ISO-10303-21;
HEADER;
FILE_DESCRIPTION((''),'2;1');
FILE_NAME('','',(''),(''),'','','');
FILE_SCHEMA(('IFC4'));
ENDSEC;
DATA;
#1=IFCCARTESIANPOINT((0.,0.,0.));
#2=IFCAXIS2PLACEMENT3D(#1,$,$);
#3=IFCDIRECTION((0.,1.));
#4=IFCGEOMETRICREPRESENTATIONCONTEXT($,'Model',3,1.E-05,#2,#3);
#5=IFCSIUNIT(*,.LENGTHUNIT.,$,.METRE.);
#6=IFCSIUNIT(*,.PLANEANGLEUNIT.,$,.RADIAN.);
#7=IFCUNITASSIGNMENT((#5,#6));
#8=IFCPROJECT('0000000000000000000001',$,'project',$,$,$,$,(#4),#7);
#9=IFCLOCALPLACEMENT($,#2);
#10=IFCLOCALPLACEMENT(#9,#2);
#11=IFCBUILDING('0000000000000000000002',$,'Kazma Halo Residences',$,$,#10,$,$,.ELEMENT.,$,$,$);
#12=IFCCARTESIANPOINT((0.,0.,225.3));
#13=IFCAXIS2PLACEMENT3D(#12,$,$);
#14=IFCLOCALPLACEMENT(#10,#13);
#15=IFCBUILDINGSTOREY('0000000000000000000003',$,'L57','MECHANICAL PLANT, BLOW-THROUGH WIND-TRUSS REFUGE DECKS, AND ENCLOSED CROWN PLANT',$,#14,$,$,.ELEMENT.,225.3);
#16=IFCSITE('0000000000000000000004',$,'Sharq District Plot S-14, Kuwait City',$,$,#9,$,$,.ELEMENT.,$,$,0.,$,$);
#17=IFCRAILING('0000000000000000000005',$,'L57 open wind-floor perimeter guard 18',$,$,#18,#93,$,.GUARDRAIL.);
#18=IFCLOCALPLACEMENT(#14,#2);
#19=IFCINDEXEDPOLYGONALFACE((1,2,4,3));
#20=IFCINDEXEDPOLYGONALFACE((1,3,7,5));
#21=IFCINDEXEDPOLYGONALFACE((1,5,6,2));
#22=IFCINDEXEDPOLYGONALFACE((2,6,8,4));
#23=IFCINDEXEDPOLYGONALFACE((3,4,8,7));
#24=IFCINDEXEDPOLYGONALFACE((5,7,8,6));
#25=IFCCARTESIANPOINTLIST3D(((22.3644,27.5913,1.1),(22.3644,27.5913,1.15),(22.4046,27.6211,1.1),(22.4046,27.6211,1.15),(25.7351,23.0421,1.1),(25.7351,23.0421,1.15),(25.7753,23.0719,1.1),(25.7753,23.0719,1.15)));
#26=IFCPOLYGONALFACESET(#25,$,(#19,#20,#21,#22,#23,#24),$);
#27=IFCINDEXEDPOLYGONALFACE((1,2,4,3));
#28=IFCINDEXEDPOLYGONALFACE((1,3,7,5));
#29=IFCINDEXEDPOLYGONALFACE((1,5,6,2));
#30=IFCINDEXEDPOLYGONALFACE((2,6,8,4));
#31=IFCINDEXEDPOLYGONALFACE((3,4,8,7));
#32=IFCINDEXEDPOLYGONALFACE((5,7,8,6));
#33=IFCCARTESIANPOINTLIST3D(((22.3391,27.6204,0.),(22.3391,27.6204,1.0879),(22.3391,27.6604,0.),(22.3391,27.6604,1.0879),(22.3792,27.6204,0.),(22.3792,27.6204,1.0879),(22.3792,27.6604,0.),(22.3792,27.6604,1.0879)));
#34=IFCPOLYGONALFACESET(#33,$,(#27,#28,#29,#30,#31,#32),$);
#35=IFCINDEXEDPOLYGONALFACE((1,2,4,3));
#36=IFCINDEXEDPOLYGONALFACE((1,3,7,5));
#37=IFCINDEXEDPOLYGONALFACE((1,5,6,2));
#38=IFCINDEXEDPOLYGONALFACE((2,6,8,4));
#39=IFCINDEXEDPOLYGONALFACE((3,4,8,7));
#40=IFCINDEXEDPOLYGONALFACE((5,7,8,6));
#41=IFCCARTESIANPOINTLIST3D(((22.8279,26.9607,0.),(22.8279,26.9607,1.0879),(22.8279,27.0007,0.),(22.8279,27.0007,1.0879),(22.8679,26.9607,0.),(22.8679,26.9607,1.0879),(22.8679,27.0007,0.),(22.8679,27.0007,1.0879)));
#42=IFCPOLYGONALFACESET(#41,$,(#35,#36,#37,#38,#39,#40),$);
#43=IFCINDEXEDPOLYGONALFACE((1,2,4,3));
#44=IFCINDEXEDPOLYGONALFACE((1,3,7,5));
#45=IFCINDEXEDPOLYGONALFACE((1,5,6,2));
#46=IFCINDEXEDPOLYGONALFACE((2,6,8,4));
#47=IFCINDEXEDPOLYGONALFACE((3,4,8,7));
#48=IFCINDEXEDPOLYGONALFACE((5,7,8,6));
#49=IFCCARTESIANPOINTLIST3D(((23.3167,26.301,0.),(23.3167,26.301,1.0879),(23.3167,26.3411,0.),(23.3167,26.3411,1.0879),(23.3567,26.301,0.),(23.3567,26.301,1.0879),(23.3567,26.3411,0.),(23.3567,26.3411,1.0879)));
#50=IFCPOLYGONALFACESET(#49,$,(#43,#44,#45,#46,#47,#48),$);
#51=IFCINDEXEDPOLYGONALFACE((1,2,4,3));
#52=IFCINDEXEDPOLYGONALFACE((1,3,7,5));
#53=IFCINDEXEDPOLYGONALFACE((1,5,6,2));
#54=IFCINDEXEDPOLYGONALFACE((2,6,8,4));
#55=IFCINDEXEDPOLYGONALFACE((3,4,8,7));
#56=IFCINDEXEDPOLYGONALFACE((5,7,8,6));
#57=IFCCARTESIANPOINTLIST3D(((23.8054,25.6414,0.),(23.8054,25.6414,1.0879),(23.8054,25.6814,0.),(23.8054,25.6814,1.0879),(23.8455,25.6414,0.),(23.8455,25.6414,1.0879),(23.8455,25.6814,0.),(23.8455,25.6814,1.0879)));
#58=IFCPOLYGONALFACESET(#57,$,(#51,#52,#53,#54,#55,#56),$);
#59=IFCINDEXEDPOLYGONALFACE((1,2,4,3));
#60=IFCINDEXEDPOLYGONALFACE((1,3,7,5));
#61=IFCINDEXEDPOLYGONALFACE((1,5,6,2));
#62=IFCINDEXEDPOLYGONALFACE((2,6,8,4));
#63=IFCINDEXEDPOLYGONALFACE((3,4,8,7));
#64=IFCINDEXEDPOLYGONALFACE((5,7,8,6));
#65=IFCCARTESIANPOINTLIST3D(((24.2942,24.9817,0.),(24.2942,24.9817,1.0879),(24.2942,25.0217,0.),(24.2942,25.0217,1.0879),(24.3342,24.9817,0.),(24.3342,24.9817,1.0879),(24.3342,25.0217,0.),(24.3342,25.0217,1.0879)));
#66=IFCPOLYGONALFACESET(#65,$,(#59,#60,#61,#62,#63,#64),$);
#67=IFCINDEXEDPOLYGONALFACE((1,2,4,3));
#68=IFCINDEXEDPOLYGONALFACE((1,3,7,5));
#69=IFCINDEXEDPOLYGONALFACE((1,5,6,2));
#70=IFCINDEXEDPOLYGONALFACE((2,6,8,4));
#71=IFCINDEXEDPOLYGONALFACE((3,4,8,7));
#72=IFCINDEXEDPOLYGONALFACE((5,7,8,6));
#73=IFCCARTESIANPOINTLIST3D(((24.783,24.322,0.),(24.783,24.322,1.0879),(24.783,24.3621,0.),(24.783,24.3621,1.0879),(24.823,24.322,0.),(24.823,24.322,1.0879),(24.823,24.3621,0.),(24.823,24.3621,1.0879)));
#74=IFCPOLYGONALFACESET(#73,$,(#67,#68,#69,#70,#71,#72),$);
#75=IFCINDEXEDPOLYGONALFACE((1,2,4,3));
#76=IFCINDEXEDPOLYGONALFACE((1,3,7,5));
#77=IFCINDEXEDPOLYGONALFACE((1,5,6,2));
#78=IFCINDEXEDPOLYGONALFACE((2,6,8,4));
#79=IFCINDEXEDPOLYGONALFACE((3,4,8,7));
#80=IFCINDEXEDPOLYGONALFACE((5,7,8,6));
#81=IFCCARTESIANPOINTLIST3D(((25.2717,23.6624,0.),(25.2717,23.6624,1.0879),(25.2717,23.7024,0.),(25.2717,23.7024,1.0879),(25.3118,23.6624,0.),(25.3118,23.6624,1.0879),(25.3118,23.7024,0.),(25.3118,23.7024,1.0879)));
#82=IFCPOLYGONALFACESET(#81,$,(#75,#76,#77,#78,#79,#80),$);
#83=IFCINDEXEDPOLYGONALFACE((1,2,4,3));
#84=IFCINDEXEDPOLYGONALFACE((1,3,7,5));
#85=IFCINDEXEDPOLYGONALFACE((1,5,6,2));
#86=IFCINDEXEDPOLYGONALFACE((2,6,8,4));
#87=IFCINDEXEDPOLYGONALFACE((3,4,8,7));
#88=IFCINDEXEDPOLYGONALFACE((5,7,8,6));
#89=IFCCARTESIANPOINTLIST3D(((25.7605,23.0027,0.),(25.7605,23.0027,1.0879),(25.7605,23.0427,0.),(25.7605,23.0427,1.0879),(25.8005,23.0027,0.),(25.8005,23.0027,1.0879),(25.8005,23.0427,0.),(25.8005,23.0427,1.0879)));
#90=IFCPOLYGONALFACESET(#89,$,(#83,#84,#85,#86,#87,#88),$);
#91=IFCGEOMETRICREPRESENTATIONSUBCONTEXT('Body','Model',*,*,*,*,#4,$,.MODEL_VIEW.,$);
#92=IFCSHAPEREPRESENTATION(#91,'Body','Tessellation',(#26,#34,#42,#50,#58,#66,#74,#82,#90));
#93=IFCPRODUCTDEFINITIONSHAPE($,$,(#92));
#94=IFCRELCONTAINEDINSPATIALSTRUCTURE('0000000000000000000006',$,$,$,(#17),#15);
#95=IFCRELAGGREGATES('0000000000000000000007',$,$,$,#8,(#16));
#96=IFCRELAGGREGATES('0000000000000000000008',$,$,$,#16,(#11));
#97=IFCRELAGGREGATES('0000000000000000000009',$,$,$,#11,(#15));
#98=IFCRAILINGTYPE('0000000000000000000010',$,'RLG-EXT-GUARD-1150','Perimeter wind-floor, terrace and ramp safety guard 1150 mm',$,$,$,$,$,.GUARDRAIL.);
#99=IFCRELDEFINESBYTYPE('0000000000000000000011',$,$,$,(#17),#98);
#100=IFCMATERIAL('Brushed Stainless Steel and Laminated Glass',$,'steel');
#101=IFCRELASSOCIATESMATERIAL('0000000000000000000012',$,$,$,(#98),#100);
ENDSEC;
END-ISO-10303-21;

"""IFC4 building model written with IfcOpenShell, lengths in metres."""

from ifc_helpers import new_model, si_unit, direction, frame, origin, origin_2d, place, context, subcontext, project, spatial, rectangle, extrude, material, type_object, element, save


model = new_model("IFC4")

# Units and contexts
model_context = context("Model", 3, precision=1e-05, world=origin(), true_north=direction((0.0, 1.0)))
body_context = subcontext(model_context, "Body", "Model", "MODEL_VIEW")
ifc_project = project(units=[si_unit("LENGTHUNIT", "METRE"), si_unit("PLANEANGLEUNIT", "RADIAN")], contexts=[model_context])

# Site, building, storey
site_placement = place(None, origin())
site = spatial("IfcSite", under=ifc_project, at=site_placement, Name="Sharq District Plot S-14, Kuwait City", CompositionType="ELEMENT", RefElevation=0.0)
building_placement = place(site_placement, origin())
building = spatial("IfcBuilding", under=site, at=building_placement, Name="Kazma Halo Residences", CompositionType="ELEMENT")
storey_placement = place(building_placement, frame((0.0, 0.0, 225.3)))
storey = spatial("IfcBuildingStorey", under=building, at=storey_placement, Name="L57", Description="MECHANICAL PLANT, BLOW-THROUGH WIND-TRUSS REFUGE DECKS, AND ENCLOSED CROWN PLANT", CompositionType="ELEMENT", Elevation=225.3)

# Railing
ifc_material_1 = material(Name="Brushed Stainless Steel and Laminated Glass", Category="steel")
railing_type = type_object("IfcRailingType", Name="RLG-EXT-GUARD-1150", Description="Perimeter wind-floor, terrace and ramp safety guard 1150 mm", PredefinedType="GUARDRAIL", material=ifc_material_1)
railing_1_placement = place(storey_placement, frame((22.3591, 27.6404, 0.0)))
element("IfcRailing", 1, at=railing_1_placement, inside=storey, type_object=railing_type, Name="L57 open wind-floor perimeter guard 18", PredefinedType="GUARDRAIL", context=body_context, shape_type="SweptSolid", body=[
    extrude(rectangle(XDim=0.05, YDim=0.05, at=origin_2d()), frame((0.0254, -0.0342, 1.125), z_axis=(0.595327, -0.803483, 0.0), x_axis=(0.803483, 0.595327, 0.0)), (0.0, 0.0, 1.0), 5.6619),
    extrude(rectangle(XDim=0.04, YDim=0.04, at=origin_2d()), origin(), (0.0, 0.0, 1.0), 1.0879),
    extrude(rectangle(XDim=0.04, YDim=0.04, at=origin_2d()), frame((0.4888, -0.6597, 0.0)), (0.0, 0.0, 1.0), 1.0879),
    extrude(rectangle(XDim=0.04, YDim=0.04, at=origin_2d()), frame((0.9775, -1.3193, 0.0)), (0.0, 0.0, 1.0), 1.0879),
    extrude(rectangle(XDim=0.04, YDim=0.04, at=origin_2d()), frame((1.4663, -1.979, 0.0)), (0.0, 0.0, 1.0), 1.0879),
    extrude(rectangle(XDim=0.04, YDim=0.04, at=origin_2d()), frame((1.9551, -2.6387, 0.0)), (0.0, 0.0, 1.0), 1.0879),
    extrude(rectangle(XDim=0.04, YDim=0.04, at=origin_2d()), frame((2.4438, -3.2983, 0.0)), (0.0, 0.0, 1.0), 1.0879),
    extrude(rectangle(XDim=0.04, YDim=0.04, at=origin_2d()), frame((2.9326, -3.958, 0.0)), (0.0, 0.0, 1.0), 1.0879),
    extrude(rectangle(XDim=0.04, YDim=0.04, at=origin_2d()), frame((3.4214, -4.6177, 0.0)), (0.0, 0.0, 1.0), 1.0879),
])

save(model, "model.ifc")
